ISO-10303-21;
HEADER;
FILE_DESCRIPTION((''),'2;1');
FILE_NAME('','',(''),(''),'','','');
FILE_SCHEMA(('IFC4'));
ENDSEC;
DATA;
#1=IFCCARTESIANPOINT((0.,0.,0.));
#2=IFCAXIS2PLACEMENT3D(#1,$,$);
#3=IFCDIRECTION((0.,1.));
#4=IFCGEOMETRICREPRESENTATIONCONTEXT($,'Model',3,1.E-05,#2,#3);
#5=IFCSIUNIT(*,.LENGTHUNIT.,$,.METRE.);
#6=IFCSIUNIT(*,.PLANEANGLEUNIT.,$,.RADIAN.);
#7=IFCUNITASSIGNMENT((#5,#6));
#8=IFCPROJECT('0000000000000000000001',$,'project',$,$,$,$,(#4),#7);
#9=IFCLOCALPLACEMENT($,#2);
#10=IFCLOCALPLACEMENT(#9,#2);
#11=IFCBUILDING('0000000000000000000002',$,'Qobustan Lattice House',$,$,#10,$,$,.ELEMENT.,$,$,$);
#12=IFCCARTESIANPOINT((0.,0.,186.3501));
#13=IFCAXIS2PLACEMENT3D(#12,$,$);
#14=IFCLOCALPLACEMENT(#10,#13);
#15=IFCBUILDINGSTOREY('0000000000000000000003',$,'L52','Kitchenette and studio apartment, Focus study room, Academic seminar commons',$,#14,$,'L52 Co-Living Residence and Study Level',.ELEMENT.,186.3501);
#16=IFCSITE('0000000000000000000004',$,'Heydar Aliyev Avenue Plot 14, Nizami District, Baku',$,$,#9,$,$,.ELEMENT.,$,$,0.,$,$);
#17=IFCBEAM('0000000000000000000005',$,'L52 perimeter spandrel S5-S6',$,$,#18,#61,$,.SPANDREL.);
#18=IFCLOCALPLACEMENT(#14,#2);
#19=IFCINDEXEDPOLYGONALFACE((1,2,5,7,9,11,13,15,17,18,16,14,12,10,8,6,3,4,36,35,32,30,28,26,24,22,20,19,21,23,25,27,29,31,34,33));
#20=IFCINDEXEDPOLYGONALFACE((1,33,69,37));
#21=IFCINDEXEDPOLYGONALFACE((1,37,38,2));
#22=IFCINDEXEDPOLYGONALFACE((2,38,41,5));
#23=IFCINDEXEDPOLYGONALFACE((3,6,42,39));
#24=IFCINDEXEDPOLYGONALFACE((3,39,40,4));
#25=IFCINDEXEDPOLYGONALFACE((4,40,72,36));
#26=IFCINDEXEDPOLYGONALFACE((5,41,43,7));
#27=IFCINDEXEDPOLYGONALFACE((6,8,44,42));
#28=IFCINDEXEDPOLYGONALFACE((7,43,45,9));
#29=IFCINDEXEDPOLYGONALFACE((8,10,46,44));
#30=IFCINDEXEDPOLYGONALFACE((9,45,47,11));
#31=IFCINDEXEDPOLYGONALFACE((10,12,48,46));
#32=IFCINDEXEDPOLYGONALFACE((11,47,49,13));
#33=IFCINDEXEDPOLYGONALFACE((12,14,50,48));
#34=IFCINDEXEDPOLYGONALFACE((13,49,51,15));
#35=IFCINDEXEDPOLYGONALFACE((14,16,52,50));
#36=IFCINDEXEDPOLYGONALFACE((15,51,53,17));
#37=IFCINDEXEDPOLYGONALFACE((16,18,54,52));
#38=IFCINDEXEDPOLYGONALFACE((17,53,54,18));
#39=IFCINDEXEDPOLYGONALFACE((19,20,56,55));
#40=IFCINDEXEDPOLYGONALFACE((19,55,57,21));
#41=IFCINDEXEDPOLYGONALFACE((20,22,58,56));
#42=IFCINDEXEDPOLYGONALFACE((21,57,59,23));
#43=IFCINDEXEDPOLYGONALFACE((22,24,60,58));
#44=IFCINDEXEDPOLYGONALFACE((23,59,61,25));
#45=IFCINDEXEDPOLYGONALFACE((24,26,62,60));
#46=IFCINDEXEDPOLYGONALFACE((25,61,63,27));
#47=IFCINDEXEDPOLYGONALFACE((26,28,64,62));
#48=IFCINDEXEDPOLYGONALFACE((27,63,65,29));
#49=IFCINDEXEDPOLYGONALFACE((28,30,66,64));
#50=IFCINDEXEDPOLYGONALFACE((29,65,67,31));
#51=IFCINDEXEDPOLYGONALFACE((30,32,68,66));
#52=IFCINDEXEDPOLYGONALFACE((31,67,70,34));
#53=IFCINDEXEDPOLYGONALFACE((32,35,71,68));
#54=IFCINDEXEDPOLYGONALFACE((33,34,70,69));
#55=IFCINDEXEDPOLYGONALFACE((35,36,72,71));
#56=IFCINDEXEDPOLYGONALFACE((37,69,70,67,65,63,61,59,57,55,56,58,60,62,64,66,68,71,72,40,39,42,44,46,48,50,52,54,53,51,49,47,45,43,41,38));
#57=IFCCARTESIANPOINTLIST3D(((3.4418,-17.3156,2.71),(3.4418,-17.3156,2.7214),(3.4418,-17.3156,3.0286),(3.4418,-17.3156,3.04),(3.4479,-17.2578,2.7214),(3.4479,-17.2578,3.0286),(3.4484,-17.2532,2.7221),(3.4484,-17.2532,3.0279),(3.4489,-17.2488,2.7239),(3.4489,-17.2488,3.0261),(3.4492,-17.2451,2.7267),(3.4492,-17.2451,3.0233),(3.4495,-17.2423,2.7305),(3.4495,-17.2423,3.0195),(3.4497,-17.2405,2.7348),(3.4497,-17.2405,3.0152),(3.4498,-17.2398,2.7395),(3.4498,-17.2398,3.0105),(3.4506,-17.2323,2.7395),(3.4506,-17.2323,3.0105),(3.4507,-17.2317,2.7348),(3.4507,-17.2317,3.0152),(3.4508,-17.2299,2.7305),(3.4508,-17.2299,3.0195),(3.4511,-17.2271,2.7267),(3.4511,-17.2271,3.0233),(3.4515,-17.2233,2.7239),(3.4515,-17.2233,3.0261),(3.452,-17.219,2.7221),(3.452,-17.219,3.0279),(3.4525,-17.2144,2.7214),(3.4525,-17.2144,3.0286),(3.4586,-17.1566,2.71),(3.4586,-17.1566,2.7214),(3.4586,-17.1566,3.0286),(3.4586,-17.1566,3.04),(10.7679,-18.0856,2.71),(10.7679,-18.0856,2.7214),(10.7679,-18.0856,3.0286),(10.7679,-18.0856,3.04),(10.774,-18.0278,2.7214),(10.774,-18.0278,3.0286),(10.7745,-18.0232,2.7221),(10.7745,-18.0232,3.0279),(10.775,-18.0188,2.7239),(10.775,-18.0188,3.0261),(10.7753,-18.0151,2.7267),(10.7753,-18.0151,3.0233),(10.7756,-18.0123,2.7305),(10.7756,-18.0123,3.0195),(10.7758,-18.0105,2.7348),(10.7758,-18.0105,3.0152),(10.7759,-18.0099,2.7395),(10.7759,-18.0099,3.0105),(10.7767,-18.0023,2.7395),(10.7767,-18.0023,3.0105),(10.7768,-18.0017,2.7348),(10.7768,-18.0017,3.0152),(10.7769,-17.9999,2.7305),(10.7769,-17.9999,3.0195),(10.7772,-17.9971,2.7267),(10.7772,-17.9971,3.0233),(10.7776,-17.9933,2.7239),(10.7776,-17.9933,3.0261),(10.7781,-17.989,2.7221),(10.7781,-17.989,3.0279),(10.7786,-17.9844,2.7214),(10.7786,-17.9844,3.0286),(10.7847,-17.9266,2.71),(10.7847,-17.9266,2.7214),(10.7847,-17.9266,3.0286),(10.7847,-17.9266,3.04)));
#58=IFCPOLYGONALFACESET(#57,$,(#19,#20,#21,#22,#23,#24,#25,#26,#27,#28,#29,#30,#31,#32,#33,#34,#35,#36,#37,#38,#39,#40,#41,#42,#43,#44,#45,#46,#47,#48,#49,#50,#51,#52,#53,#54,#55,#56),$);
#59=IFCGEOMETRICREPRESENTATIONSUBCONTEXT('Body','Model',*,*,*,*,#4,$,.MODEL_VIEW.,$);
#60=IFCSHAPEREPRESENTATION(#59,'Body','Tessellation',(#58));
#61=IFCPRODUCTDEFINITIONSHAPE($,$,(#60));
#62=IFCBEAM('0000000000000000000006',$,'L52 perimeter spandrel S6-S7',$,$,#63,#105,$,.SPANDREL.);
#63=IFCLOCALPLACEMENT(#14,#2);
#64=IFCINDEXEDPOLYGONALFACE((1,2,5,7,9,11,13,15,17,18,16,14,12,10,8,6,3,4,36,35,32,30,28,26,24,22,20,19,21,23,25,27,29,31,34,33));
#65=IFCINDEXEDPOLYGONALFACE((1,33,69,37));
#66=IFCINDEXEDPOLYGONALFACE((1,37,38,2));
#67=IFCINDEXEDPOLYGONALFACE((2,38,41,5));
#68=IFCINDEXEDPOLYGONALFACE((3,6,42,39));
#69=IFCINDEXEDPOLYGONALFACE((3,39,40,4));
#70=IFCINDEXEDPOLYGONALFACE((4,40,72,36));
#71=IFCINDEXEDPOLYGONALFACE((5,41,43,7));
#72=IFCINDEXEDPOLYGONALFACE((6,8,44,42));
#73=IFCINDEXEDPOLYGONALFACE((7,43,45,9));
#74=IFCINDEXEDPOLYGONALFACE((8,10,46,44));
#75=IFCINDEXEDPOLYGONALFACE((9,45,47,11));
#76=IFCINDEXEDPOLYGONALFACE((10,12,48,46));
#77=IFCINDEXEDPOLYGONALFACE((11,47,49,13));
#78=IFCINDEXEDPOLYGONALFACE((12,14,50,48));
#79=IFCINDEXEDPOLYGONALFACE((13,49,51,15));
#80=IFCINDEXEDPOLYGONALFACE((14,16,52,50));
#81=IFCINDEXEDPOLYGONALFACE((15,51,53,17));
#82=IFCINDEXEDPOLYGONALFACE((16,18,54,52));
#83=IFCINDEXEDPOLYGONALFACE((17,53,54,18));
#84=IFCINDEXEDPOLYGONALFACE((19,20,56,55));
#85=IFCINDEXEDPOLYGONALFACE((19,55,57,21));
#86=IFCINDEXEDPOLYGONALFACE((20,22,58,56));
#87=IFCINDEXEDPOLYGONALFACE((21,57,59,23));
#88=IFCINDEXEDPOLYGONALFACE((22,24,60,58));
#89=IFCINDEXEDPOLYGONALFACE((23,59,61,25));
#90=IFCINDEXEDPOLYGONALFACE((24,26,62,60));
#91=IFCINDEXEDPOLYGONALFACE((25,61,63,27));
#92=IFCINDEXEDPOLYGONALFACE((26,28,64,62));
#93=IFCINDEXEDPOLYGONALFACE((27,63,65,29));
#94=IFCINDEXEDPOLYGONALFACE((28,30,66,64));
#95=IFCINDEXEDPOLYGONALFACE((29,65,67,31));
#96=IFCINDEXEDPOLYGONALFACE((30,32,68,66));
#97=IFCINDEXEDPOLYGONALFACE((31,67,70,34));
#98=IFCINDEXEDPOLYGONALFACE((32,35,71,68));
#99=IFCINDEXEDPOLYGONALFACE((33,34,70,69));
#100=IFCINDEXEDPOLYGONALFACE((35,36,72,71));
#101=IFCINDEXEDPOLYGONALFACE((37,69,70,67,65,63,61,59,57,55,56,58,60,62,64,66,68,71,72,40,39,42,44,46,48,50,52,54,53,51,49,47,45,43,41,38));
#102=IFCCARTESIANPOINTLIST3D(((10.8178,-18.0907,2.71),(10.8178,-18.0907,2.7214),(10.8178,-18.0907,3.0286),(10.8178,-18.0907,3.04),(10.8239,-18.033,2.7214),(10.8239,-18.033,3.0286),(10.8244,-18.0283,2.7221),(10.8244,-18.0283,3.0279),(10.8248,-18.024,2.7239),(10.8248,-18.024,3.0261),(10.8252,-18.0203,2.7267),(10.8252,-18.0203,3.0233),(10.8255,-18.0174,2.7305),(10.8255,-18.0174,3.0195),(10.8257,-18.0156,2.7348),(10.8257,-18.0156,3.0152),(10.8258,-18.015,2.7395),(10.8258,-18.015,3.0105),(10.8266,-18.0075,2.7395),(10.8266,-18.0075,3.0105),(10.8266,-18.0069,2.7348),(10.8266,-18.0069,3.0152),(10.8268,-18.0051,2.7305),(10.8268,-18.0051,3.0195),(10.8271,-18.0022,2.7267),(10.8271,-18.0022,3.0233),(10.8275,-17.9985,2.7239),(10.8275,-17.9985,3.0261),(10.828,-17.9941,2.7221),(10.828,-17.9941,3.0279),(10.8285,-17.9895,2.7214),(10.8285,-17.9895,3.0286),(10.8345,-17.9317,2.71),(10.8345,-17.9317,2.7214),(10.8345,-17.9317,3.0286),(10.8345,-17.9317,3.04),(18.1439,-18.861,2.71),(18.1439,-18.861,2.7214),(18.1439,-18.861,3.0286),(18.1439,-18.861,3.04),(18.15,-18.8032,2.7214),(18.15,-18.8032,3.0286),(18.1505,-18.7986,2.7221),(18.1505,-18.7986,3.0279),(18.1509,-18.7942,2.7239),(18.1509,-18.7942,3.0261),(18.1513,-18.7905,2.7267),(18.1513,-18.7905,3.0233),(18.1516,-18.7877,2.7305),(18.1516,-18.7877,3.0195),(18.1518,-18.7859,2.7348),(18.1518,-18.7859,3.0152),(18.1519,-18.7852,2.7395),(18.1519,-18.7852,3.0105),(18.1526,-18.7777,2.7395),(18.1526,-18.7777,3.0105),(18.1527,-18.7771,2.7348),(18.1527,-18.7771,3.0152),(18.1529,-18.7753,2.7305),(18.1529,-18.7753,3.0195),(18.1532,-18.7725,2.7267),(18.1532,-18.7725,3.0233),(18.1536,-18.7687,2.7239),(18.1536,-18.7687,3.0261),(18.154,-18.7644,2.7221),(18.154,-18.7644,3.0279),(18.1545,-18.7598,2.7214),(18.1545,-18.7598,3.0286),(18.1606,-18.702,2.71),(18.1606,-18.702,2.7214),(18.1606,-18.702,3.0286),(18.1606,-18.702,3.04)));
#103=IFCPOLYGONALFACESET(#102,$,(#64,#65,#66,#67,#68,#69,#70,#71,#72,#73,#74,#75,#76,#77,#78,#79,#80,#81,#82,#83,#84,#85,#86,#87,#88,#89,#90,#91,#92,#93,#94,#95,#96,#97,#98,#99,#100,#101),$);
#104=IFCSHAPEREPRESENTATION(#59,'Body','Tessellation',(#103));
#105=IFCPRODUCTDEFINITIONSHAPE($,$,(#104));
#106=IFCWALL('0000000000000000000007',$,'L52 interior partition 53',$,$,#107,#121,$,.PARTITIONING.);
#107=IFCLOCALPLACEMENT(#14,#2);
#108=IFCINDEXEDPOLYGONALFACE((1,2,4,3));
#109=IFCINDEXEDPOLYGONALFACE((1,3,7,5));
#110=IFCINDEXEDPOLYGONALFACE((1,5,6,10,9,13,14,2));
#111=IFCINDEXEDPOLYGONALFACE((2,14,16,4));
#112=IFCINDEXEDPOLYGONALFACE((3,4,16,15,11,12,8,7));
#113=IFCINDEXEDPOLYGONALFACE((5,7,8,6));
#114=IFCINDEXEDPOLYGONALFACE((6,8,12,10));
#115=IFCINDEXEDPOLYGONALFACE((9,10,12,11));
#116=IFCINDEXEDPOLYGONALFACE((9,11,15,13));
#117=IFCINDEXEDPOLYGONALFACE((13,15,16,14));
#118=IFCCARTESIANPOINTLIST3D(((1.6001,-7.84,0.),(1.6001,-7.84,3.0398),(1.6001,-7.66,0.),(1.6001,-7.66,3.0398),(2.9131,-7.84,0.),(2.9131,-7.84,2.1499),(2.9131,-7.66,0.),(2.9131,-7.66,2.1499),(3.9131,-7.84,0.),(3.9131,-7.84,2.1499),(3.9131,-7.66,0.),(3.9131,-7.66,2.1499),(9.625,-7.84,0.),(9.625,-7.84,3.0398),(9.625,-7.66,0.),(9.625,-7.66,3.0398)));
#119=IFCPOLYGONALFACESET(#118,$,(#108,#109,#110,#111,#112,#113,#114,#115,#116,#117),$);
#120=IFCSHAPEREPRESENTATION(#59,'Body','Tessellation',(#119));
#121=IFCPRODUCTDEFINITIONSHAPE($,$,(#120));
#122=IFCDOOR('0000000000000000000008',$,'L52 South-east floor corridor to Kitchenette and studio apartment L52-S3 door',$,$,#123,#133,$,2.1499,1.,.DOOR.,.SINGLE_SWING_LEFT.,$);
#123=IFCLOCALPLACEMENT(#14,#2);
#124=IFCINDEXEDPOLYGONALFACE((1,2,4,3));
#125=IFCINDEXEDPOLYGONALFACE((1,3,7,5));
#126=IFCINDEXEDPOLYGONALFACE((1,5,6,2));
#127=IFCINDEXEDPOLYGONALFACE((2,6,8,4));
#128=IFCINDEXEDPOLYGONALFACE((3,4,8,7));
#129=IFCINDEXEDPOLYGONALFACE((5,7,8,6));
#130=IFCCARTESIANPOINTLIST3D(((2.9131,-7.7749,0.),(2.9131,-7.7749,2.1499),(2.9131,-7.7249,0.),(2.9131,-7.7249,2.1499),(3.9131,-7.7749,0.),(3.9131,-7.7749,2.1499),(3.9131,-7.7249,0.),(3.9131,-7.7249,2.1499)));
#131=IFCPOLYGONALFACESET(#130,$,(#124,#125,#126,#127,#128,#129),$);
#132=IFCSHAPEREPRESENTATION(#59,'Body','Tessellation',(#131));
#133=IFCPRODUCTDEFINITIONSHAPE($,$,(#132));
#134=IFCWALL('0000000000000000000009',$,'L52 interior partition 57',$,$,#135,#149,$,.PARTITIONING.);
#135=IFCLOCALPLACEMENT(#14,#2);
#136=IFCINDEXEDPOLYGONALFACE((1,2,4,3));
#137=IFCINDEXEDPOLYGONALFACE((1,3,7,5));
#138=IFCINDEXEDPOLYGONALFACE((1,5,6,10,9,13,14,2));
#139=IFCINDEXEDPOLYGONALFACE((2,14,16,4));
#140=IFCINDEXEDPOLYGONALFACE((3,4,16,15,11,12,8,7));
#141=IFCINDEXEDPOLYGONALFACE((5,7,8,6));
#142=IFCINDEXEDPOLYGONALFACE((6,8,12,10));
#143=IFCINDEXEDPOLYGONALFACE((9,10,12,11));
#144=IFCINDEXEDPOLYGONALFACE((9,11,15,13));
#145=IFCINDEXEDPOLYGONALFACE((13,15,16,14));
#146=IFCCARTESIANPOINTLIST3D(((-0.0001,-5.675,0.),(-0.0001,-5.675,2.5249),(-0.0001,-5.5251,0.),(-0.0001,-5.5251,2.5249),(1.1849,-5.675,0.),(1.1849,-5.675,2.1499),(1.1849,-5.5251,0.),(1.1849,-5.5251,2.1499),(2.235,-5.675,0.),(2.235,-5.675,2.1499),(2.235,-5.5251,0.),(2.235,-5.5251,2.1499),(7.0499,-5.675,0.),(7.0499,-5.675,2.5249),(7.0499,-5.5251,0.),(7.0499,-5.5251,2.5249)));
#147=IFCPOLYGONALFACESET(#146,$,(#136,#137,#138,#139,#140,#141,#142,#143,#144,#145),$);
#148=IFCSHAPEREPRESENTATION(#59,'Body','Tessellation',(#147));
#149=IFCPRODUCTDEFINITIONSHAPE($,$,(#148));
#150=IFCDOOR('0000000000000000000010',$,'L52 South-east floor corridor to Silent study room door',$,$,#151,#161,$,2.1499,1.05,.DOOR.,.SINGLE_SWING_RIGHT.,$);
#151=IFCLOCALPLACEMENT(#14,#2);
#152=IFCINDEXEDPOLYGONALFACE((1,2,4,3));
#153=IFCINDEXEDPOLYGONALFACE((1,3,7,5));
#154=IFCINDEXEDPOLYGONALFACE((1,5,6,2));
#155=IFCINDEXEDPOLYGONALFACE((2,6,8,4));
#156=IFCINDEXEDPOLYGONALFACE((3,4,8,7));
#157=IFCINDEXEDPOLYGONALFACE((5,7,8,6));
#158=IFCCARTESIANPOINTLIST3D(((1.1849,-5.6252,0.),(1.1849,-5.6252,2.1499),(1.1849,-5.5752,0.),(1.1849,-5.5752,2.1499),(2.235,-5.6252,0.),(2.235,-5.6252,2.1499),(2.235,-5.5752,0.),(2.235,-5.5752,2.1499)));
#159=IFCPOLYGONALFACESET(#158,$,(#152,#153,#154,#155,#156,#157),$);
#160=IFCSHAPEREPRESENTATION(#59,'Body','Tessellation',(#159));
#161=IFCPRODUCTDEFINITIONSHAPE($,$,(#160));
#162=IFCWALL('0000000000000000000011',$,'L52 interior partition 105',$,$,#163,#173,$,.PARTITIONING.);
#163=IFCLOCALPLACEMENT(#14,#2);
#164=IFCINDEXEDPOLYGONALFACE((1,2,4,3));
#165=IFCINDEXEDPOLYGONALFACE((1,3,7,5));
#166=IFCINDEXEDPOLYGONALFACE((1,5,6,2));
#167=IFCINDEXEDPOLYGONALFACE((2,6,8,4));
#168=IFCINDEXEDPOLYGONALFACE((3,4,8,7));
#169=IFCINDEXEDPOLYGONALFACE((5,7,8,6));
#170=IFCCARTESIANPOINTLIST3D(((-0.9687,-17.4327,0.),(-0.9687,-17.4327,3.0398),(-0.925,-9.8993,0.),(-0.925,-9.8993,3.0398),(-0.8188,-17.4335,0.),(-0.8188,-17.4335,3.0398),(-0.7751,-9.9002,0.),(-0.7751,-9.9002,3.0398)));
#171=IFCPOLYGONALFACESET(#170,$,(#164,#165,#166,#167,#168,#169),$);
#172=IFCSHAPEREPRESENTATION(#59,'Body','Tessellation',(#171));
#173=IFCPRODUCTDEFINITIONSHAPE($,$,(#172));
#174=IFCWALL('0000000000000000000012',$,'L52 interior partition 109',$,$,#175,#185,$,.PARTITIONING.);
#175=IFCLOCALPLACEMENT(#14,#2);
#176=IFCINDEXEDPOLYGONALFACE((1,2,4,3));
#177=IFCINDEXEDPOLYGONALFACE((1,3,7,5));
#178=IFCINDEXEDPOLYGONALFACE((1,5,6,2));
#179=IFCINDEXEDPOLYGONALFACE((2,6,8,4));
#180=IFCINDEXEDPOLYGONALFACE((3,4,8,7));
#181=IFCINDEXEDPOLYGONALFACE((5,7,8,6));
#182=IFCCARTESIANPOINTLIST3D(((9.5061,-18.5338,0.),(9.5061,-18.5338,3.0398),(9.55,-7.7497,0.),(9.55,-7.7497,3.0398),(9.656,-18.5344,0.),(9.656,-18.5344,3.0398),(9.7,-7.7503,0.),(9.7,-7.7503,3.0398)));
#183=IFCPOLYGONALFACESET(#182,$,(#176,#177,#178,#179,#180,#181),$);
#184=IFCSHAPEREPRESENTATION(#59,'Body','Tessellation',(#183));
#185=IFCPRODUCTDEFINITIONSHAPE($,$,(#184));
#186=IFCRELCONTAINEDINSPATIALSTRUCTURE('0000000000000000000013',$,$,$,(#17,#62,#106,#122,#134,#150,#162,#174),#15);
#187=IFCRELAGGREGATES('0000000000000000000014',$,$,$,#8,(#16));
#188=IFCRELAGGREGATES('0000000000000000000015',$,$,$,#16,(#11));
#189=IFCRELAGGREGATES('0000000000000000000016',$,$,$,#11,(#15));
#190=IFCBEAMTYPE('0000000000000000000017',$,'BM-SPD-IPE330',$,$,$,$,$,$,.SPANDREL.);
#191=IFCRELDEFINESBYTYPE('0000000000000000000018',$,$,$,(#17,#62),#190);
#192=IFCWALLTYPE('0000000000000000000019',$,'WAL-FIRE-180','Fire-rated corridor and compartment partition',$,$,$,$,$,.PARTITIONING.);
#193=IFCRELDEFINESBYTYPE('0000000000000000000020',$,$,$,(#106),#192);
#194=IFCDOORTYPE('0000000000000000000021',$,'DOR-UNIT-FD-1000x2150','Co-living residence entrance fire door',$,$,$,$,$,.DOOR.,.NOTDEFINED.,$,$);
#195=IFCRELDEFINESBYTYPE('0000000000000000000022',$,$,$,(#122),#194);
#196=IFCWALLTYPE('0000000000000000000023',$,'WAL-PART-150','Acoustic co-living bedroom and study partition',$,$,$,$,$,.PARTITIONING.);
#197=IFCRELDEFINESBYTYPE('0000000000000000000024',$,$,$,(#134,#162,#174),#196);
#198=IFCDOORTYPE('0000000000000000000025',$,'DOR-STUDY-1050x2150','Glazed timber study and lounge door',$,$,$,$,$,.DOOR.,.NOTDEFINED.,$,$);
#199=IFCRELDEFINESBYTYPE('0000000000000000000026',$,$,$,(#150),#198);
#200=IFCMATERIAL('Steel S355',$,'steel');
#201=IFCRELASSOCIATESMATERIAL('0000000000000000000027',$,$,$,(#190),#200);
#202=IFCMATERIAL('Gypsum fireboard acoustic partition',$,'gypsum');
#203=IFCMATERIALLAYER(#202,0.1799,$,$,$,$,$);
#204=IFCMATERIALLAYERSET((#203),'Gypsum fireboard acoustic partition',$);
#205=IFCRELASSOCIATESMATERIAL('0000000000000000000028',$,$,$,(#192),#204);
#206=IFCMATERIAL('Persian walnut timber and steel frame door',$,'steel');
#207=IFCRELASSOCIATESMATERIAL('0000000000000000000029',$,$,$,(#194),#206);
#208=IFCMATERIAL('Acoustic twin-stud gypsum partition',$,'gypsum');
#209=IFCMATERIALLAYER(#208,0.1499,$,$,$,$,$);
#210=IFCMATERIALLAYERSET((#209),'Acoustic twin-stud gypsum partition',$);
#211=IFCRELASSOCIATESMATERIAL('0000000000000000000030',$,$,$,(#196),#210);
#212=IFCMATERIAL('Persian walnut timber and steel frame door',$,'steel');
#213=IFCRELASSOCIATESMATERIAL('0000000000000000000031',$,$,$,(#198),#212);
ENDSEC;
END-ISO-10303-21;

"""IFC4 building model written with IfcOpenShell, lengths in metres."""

from ifc_helpers import new_model, si_unit, direction, frame, frame_2d, origin, origin_2d, place, context, subcontext, project, spatial, rectangle, i_section, extrude, material, layer, layer_set, material_profile, profile_set, type_object, element, fill, save


model = new_model("IFC4")

# Units and contexts
model_context = context("Model", 3, precision=1e-05, world=origin(), true_north=direction((0.0, 1.0)))
body_context = subcontext(model_context, "Body", "Model", "MODEL_VIEW")
ifc_project = project(units=[si_unit("LENGTHUNIT", "METRE"), si_unit("PLANEANGLEUNIT", "RADIAN")], contexts=[model_context])

# Site, building, storey
site_placement = place(None, origin())
site = spatial("IfcSite", under=ifc_project, at=site_placement, Name="Heydar Aliyev Avenue Plot 14, Nizami District, Baku", CompositionType="ELEMENT", RefElevation=0.0)
building_placement = place(site_placement, origin())
building = spatial("IfcBuilding", under=site, at=building_placement, Name="Qobustan Lattice House", CompositionType="ELEMENT")
storey_placement = place(building_placement, frame((0.0, 0.0, 186.3501)))
storey = spatial("IfcBuildingStorey", under=building, at=storey_placement, Name="L52", Description="Kitchenette and studio apartment, Focus study room, Academic seminar commons", LongName="L52 Co-Living Residence and Study Level", CompositionType="ELEMENT", Elevation=186.3501)

# Beams
ifc_material_1 = material(Name="Steel S355", Category="steel")
ifc_material_profile_1 = material_profile(ifc_material_1, i_section(OverallWidth=0.1599, OverallDepth=0.3301, WebThickness=0.0076, FlangeThickness=0.0115, FilletRadius=0.0181, at=origin_2d()), Name="IPE330")
ifc_profile_set_1 = profile_set([ifc_material_profile_1], Name="Steel S355")
beam_type_1 = type_object("IfcBeamType", Name="BM-SPD-IPE330", PredefinedType="SPANDREL", material=ifc_profile_set_1)
for number, where, z_axis, x_axis, name in (
    (1, (3.4502, -17.2361, 2.875), (0.994522, -0.10453, 0.0), (0.10453, 0.994522, 0.0), "L52 perimeter spandrel S5-S6"),
    (2, (10.8262, -18.0112, 2.875), (0.994518, -0.104562, 0.0), (0.104562, 0.994518, 0.0), "L52 perimeter spandrel S6-S7"),
):
    element("IfcBeam", number, at=place(storey_placement, frame(where, z_axis=z_axis, x_axis=x_axis)), inside=storey, type_object=beam_type_1, Name=name, PredefinedType="SPANDREL", context=body_context, shape_type="SweptSolid", body=[
        extrude(i_section(OverallWidth=0.1599, OverallDepth=0.3301, WebThickness=0.0076, FlangeThickness=0.0115, FilletRadius=0.0181, at=origin_2d()), origin(), (0.0, 0.0, 1.0), 7.3665),
    ])

# Walls, openings, doors
ifc_material_2 = material(Name="Gypsum fireboard acoustic partition", Category="gypsum")
ifc_layer_1 = layer(ifc_material_2, 0.1799)
ifc_layer_set_1 = layer_set([ifc_layer_1], Name="Gypsum fireboard acoustic partition")
wall_type_1 = type_object("IfcWallType", Name="WAL-FIRE-180", Description="Fire-rated corridor and compartment partition", PredefinedType="PARTITIONING", material=ifc_layer_set_1)
wall_1_placement = place(storey_placement, frame((9.625, -7.75, 0.0), z_axis=(0.0, 0.0, 1.0), x_axis=(-1.0, 0.0, 0.0)))
wall_1 = element("IfcWall", 3, at=wall_1_placement, inside=storey, type_object=wall_type_1, Name="L52 interior partition 53", PredefinedType="PARTITIONING", context=body_context, shape_type="SweptSolid", body=[
    extrude(rectangle(XDim=8.0249, YDim=0.1799, at=frame_2d((4.0125, 0.0))), origin(), (0.0, 0.0, 1.0), 3.0398),
])
opening_1_placement = place(wall_1_placement, frame((5.7119, 0.0, 0.0)))
opening_1 = element("IfcOpeningElement", 4, at=opening_1_placement, cuts=wall_1, PredefinedType="OPENING", context=body_context, shape_type="SweptSolid", body=[
    extrude(rectangle(XDim=1.0, YDim=2.1499, at=frame_2d((0.5, 1.075))), frame((0.0, 0.0999, 0.0), z_axis=(0.0, -1.0, 0.0), x_axis=(1.0, 0.0, 0.0)), (0.0, 0.0, 1.0), 0.2),
])
ifc_material_3 = material(Name="Persian walnut timber and steel frame door", Category="steel")
door_type_1 = type_object("IfcDoorType", Name="DOR-UNIT-FD-1000x2150", Description="Co-living residence entrance fire door", OperationType="NOTDEFINED", PredefinedType="DOOR", material=ifc_material_3)
door_1_placement = place(opening_1_placement, origin())
door_1 = element("IfcDoor", 5, at=door_1_placement, inside=storey, type_object=door_type_1, Name="L52 South-east floor corridor to Kitchenette and studio apartment L52-S3 door", OperationType="SINGLE_SWING_LEFT", OverallHeight=2.1499, OverallWidth=1.0, PredefinedType="DOOR", context=body_context, shape_type="SweptSolid", body=[
    extrude(rectangle(XDim=1.0, YDim=2.1499, at=frame_2d((0.5, 1.075))), frame((0.0, 0.0249, 0.0), z_axis=(0.0, -1.0, 0.0), x_axis=(1.0, 0.0, 0.0)), (0.0, 0.0, 1.0), 0.05),
])
fill(opening_1, door_1)
ifc_material_4 = material(Name="Acoustic twin-stud gypsum partition", Category="gypsum")
ifc_layer_2 = layer(ifc_material_4, 0.1499)
ifc_layer_set_2 = layer_set([ifc_layer_2], Name="Acoustic twin-stud gypsum partition")
wall_type_2 = type_object("IfcWallType", Name="WAL-PART-150", Description="Acoustic co-living bedroom and study partition", PredefinedType="PARTITIONING", material=ifc_layer_set_2)
wall_2_placement = place(storey_placement, frame((0.0, -5.6001, 0.0), z_axis=(0.0, 0.0, 1.0), x_axis=(1.0, 0.0, 0.0)))
wall_2 = element("IfcWall", 6, at=wall_2_placement, inside=storey, type_object=wall_type_2, Name="L52 interior partition 57", PredefinedType="PARTITIONING", context=body_context, shape_type="SweptSolid", body=[
    extrude(rectangle(XDim=7.05, YDim=0.1499, at=frame_2d((3.5249, 0.0))), origin(), (0.0, 0.0, 1.0), 2.5249),
])
opening_2_placement = place(wall_2_placement, frame((1.1851, 0.0, 0.0)))
opening_2 = element("IfcOpeningElement", 7, at=opening_2_placement, cuts=wall_2, PredefinedType="OPENING", context=body_context, shape_type="SweptSolid", body=[
    extrude(rectangle(XDim=1.05, YDim=2.1499, at=frame_2d((0.5249, 1.075))), frame((0.0, 0.085, 0.0), z_axis=(0.0, -1.0, 0.0), x_axis=(1.0, 0.0, 0.0)), (0.0, 0.0, 1.0), 0.1699),
])
ifc_material_5 = material(Name="Persian walnut timber and steel frame door", Category="steel")
door_type_2 = type_object("IfcDoorType", Name="DOR-STUDY-1050x2150", Description="Glazed timber study and lounge door", OperationType="NOTDEFINED", PredefinedType="DOOR", material=ifc_material_5)
door_2_placement = place(opening_2_placement, origin())
door_2 = element("IfcDoor", 8, at=door_2_placement, inside=storey, type_object=door_type_2, Name="L52 South-east floor corridor to Silent study room door", OperationType="SINGLE_SWING_RIGHT", OverallHeight=2.1499, OverallWidth=1.05, PredefinedType="DOOR", context=body_context, shape_type="SweptSolid", body=[
    extrude(rectangle(XDim=1.05, YDim=2.1499, at=frame_2d((0.5249, 1.075))), frame((0.0, 0.0249, 0.0), z_axis=(0.0, -1.0, 0.0), x_axis=(1.0, 0.0, 0.0)), (0.0, 0.0, 1.0), 0.05),
])
fill(opening_2, door_2)

# Walls
wall_3_placement = place(storey_placement, frame((-0.8501, -9.8999, 0.0), z_axis=(0.0, 0.0, 1.0), x_axis=(-0.005801, -0.999983, 0.0)))
element("IfcWall", 9, at=wall_3_placement, inside=storey, type_object=wall_type_2, Name="L52 interior partition 105", PredefinedType="PARTITIONING", context=body_context, shape_type="SweptSolid", body=[
    extrude(rectangle(XDim=7.5334, YDim=0.1499, at=frame_2d((3.7666, 0.0))), origin(), (0.0, 0.0, 1.0), 3.0398),
])
wall_4_placement = place(storey_placement, frame((9.625, -7.75, 0.0), z_axis=(0.0, 0.0, 1.0), x_axis=(-0.004075, -0.999992, 0.0)))
element("IfcWall", 10, at=wall_4_placement, inside=storey, type_object=wall_type_2, Name="L52 interior partition 109", PredefinedType="PARTITIONING", context=body_context, shape_type="SweptSolid", body=[
    extrude(rectangle(XDim=10.7842, YDim=0.1499, at=frame_2d((5.3921, 0.0))), origin(), (0.0, 0.0, 1.0), 3.0398),
])

save(model, "model.ifc")
